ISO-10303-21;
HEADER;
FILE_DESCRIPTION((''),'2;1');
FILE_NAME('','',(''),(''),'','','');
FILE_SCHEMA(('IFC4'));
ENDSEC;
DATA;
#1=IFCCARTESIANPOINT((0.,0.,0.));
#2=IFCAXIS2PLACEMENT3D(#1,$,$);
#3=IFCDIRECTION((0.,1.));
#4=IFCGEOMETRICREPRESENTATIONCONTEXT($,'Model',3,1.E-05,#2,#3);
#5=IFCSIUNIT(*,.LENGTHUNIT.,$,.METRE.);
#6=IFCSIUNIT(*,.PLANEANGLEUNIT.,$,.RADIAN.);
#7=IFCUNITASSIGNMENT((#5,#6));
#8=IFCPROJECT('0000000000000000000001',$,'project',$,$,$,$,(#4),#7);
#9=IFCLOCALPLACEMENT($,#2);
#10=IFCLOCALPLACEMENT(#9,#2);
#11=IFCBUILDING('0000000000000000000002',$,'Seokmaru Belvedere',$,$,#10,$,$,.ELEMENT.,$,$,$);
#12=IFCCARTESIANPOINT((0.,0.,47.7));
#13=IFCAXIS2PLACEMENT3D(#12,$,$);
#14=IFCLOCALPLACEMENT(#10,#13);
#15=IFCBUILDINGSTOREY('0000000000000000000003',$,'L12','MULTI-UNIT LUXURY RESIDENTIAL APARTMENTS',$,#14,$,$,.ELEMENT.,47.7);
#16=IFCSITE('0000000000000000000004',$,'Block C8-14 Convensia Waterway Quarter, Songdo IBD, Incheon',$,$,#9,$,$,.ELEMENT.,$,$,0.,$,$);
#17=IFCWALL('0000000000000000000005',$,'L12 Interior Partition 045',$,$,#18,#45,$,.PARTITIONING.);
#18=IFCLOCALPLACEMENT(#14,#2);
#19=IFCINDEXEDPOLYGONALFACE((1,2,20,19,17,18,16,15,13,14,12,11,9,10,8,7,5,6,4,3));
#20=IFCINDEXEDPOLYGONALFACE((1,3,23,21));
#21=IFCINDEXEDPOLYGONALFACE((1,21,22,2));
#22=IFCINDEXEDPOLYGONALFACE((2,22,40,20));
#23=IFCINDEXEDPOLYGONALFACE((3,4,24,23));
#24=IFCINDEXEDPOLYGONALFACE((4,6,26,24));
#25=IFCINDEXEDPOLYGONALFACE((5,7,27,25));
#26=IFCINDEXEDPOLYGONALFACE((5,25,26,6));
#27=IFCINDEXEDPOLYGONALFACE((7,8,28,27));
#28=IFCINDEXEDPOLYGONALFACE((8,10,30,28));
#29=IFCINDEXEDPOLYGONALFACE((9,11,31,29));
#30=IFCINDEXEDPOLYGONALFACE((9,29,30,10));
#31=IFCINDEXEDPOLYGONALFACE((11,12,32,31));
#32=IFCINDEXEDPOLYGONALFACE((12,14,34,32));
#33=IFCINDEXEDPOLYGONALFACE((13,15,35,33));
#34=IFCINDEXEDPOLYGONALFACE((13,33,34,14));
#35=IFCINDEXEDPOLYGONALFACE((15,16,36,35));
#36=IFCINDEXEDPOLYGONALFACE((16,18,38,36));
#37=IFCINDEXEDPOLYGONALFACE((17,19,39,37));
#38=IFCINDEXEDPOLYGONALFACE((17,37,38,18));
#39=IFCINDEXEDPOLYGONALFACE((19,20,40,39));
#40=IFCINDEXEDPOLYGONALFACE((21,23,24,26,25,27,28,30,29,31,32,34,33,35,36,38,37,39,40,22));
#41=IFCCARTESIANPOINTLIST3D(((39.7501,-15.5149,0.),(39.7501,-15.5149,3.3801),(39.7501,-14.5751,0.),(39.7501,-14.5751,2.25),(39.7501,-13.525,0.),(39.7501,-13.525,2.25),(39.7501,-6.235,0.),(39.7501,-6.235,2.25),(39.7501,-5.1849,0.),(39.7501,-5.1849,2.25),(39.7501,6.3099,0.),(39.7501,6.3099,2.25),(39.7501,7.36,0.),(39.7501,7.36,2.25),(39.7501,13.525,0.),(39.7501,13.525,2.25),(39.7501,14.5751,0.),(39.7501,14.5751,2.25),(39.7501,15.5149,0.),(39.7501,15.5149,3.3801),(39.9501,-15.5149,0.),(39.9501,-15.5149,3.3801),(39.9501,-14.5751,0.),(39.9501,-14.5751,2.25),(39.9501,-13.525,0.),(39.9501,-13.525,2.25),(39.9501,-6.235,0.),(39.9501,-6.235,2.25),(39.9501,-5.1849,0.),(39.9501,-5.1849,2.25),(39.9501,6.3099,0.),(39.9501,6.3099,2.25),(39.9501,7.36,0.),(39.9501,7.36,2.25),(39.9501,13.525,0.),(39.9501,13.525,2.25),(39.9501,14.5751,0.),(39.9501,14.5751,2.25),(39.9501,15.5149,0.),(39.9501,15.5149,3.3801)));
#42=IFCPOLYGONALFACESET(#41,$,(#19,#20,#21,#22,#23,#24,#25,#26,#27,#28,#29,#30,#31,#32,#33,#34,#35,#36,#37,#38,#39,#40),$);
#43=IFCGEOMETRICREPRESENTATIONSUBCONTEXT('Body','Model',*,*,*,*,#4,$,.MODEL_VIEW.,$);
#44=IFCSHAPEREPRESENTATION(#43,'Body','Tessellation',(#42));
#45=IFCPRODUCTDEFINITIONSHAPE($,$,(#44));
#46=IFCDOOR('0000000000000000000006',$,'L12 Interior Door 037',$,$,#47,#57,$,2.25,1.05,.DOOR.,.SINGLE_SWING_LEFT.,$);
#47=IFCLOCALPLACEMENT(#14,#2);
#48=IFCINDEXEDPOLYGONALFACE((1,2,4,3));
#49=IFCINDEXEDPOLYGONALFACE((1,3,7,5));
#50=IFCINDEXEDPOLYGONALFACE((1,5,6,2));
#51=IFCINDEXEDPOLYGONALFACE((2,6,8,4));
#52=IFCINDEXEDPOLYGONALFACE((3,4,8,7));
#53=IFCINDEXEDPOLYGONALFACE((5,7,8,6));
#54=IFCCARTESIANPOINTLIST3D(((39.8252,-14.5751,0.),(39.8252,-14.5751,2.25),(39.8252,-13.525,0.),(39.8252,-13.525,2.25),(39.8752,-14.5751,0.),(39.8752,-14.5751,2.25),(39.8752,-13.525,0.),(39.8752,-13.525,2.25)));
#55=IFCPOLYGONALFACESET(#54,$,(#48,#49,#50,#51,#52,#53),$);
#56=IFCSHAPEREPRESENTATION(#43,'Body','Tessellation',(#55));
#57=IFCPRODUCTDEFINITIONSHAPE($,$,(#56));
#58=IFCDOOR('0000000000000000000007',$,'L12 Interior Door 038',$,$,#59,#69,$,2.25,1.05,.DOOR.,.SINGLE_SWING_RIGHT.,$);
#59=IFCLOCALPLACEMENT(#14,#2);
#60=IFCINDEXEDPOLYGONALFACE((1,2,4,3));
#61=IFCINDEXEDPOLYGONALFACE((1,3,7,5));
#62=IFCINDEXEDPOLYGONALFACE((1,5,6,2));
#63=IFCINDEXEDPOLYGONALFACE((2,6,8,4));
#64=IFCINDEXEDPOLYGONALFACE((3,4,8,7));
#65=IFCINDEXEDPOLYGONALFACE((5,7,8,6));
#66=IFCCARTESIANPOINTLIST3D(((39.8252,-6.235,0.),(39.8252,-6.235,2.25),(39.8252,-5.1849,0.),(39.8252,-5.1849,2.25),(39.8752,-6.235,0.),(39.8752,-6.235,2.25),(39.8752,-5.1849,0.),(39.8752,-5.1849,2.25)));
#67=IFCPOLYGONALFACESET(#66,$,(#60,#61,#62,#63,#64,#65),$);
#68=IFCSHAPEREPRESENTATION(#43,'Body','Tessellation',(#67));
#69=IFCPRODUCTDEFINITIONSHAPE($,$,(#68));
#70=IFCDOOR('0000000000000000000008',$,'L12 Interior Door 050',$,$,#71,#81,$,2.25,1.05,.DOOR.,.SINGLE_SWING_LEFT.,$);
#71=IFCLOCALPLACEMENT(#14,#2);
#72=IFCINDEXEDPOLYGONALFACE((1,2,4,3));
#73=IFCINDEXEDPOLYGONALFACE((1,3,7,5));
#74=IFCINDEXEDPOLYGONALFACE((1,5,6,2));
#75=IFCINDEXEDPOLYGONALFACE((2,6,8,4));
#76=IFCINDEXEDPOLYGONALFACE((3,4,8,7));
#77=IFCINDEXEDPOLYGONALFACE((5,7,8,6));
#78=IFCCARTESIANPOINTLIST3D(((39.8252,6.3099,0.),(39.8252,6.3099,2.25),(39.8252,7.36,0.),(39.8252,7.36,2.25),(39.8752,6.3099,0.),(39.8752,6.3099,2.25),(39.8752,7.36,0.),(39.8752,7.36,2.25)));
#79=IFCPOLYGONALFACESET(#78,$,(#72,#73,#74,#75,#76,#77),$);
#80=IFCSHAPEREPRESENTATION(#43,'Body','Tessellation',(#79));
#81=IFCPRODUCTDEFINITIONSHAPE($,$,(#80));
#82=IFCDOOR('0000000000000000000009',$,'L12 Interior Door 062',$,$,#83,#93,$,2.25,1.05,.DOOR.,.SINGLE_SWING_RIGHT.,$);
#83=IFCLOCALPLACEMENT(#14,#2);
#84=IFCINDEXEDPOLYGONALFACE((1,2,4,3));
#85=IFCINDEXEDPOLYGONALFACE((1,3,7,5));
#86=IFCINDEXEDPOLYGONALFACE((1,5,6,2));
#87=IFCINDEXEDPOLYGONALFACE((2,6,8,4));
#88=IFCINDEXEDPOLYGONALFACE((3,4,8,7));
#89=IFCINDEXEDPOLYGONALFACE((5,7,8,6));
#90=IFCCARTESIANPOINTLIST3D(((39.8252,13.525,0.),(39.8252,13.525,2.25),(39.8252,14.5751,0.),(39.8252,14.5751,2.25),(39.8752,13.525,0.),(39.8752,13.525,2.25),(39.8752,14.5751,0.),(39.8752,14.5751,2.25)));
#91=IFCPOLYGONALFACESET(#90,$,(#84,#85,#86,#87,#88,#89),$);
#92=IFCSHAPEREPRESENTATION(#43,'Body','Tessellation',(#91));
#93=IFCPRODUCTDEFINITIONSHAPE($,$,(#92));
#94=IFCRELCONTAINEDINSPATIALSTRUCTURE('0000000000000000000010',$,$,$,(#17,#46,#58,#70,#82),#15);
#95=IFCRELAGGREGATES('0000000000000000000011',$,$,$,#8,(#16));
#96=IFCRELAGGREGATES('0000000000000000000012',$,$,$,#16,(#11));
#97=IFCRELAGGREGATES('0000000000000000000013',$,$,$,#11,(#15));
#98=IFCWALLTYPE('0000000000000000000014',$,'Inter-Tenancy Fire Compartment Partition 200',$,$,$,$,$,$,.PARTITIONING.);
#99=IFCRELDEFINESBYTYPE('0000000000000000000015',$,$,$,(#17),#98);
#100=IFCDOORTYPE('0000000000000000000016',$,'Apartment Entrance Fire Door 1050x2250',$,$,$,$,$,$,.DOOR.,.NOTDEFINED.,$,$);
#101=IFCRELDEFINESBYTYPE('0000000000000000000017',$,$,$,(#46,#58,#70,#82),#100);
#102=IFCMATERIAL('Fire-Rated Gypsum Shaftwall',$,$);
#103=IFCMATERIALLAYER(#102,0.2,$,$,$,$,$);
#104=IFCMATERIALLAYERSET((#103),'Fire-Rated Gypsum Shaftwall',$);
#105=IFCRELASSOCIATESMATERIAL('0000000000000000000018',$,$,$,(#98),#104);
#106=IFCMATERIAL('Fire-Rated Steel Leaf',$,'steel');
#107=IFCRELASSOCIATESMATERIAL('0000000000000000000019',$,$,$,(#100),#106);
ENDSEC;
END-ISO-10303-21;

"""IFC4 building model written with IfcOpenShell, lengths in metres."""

from ifc_helpers import new_model, si_unit, direction, frame, frame_2d, origin, place, context, subcontext, project, spatial, rectangle, extrude, source, transform, mapped, material, layer, layer_set, type_object, type_shapes, element, fill, save


model = new_model("IFC4")

# Units and contexts
model_context = context("Model", 3, precision=1e-05, world=origin(), true_north=direction((0.0, 1.0)))
body_context = subcontext(model_context, "Body", "Model", "MODEL_VIEW")
ifc_project = project(units=[si_unit("LENGTHUNIT", "METRE"), si_unit("PLANEANGLEUNIT", "RADIAN")], contexts=[model_context])

# Site, building, storey
site_placement = place(None, origin())
site = spatial("IfcSite", under=ifc_project, at=site_placement, Name="Block C8-14 Convensia Waterway Quarter, Songdo IBD, Incheon", CompositionType="ELEMENT", RefElevation=0.0)
building_placement = place(site_placement, origin())
building = spatial("IfcBuilding", under=site, at=building_placement, Name="Seokmaru Belvedere", CompositionType="ELEMENT")
storey_placement = place(building_placement, frame((0.0, 0.0, 47.7)))
storey = spatial("IfcBuildingStorey", under=building, at=storey_placement, Name="L12", Description="MULTI-UNIT LUXURY RESIDENTIAL APARTMENTS", CompositionType="ELEMENT", Elevation=47.7)

# Shared definitions
ifc_material_1 = material(Name="Fire-Rated Gypsum Shaftwall")
ifc_layer_1 = layer(ifc_material_1, 0.2)
ifc_layer_set_1 = layer_set([ifc_layer_1], Name="Fire-Rated Gypsum Shaftwall")
wall_type = type_object("IfcWallType", Name="Inter-Tenancy Fire Compartment Partition 200", PredefinedType="PARTITIONING", material=ifc_layer_set_1)

# Wall, openings, doors
wall_1_placement = place(storey_placement, frame((39.8501, -15.5149, 0.0), z_axis=(0.0, 0.0, 1.0), x_axis=(0.0, 1.0, 0.0)))
wall_1 = element("IfcWall", 1, at=wall_1_placement, inside=storey, type_object=wall_type, Name="L12 Interior Partition 045", PredefinedType="PARTITIONING", context=body_context, shape_type="SweptSolid", body=[
    extrude(rectangle(XDim=31.0298, YDim=0.2, at=frame_2d((15.5149, 0.0))), origin(), (0.0, 0.0, 1.0), 3.3801),
])
opening_1_placement = place(wall_1_placement, frame((0.9399, 0.0, 0.0)))
opening_1 = element("IfcOpeningElement", 2, at=opening_1_placement, cuts=wall_1, PredefinedType="OPENING", context=body_context, shape_type="SweptSolid", body=[
    extrude(rectangle(XDim=1.05, YDim=2.25, at=frame_2d((0.5249, 1.125))), frame((0.0, 0.1099, 0.0), z_axis=(0.0, -1.0, 0.0), x_axis=(1.0, 0.0, 0.0)), (0.0, 0.0, 1.0), 0.22),
])
opening_2_placement = place(wall_1_placement, frame((9.28, 0.0, 0.0)))
opening_2 = element("IfcOpeningElement", 3, at=opening_2_placement, cuts=wall_1, PredefinedType="OPENING", context=body_context, shape_type="SweptSolid", body=[
    extrude(rectangle(XDim=1.05, YDim=2.25, at=frame_2d((0.5249, 1.125))), frame((0.0, 0.1099, 0.0), z_axis=(0.0, -1.0, 0.0), x_axis=(1.0, 0.0, 0.0)), (0.0, 0.0, 1.0), 0.22),
])
opening_3_placement = place(wall_1_placement, frame((21.825, 0.0, 0.0)))
opening_3 = element("IfcOpeningElement", 4, at=opening_3_placement, cuts=wall_1, PredefinedType="OPENING", context=body_context, shape_type="SweptSolid", body=[
    extrude(rectangle(XDim=1.05, YDim=2.25, at=frame_2d((0.5249, 1.125))), frame((0.0, 0.1099, 0.0), z_axis=(0.0, -1.0, 0.0), x_axis=(1.0, 0.0, 0.0)), (0.0, 0.0, 1.0), 0.22),
])
opening_4_placement = place(wall_1_placement, frame((29.04, 0.0, 0.0)))
opening_4 = element("IfcOpeningElement", 5, at=opening_4_placement, cuts=wall_1, PredefinedType="OPENING", context=body_context, shape_type="SweptSolid", body=[
    extrude(rectangle(XDim=1.05, YDim=2.25, at=frame_2d((0.5249, 1.125))), frame((0.0, 0.1099, 0.0), z_axis=(0.0, -1.0, 0.0), x_axis=(1.0, 0.0, 0.0)), (0.0, 0.0, 1.0), 0.22),
])
ifc_material_2 = material(Name="Fire-Rated Steel Leaf", Category="steel")
door_type = type_object("IfcDoorType", Name="Apartment Entrance Fire Door 1050x2250", OperationType="NOTDEFINED", PredefinedType="DOOR", material=ifc_material_2)
shared_shape_1 = source(origin(), body_context, "Body", "SweptSolid", [
    extrude(rectangle(XDim=1.05, YDim=2.25, at=frame_2d((0.5249, 1.125))), frame((0.0, 0.0249, 0.0), z_axis=(0.0, -1.0, 0.0), x_axis=(1.0, 0.0, 0.0)), (0.0, 0.0, 1.0), 0.05),
])
type_shapes(door_type, [shared_shape_1])
door_1_placement = place(opening_1_placement, origin())
door_1 = element("IfcDoor", 6, at=door_1_placement, inside=storey, type_object=door_type, Name="L12 Interior Door 037", OperationType="SINGLE_SWING_LEFT", OverallHeight=2.25, OverallWidth=1.05, PredefinedType="DOOR", context=body_context, shape_type="MappedRepresentation", body=[
    mapped(shared_shape_1, transform((0.0, 0.0, 0.0), scale=1.0)),
])
fill(opening_1, door_1)
door_2_placement = place(opening_2_placement, origin())
door_2 = element("IfcDoor", 7, at=door_2_placement, inside=storey, type_object=door_type, Name="L12 Interior Door 038", OperationType="SINGLE_SWING_RIGHT", OverallHeight=2.25, OverallWidth=1.05, PredefinedType="DOOR", context=body_context, shape_type="MappedRepresentation", body=[
    mapped(shared_shape_1, transform((0.0, 0.0, 0.0), scale=1.0)),
])
fill(opening_2, door_2)
door_3_placement = place(opening_3_placement, origin())
door_3 = element("IfcDoor", 8, at=door_3_placement, inside=storey, type_object=door_type, Name="L12 Interior Door 050", OperationType="SINGLE_SWING_LEFT", OverallHeight=2.25, OverallWidth=1.05, PredefinedType="DOOR", context=body_context, shape_type="MappedRepresentation", body=[
    mapped(shared_shape_1, transform((0.0, 0.0, 0.0), scale=1.0)),
])
fill(opening_3, door_3)
door_4_placement = place(opening_4_placement, origin())
door_4 = element("IfcDoor", 9, at=door_4_placement, inside=storey, type_object=door_type, Name="L12 Interior Door 062", OperationType="SINGLE_SWING_RIGHT", OverallHeight=2.25, OverallWidth=1.05, PredefinedType="DOOR", context=body_context, shape_type="MappedRepresentation", body=[
    mapped(shared_shape_1, transform((0.0, 0.0, 0.0), scale=1.0)),
])
fill(opening_4, door_4)

save(model, "model.ifc")
